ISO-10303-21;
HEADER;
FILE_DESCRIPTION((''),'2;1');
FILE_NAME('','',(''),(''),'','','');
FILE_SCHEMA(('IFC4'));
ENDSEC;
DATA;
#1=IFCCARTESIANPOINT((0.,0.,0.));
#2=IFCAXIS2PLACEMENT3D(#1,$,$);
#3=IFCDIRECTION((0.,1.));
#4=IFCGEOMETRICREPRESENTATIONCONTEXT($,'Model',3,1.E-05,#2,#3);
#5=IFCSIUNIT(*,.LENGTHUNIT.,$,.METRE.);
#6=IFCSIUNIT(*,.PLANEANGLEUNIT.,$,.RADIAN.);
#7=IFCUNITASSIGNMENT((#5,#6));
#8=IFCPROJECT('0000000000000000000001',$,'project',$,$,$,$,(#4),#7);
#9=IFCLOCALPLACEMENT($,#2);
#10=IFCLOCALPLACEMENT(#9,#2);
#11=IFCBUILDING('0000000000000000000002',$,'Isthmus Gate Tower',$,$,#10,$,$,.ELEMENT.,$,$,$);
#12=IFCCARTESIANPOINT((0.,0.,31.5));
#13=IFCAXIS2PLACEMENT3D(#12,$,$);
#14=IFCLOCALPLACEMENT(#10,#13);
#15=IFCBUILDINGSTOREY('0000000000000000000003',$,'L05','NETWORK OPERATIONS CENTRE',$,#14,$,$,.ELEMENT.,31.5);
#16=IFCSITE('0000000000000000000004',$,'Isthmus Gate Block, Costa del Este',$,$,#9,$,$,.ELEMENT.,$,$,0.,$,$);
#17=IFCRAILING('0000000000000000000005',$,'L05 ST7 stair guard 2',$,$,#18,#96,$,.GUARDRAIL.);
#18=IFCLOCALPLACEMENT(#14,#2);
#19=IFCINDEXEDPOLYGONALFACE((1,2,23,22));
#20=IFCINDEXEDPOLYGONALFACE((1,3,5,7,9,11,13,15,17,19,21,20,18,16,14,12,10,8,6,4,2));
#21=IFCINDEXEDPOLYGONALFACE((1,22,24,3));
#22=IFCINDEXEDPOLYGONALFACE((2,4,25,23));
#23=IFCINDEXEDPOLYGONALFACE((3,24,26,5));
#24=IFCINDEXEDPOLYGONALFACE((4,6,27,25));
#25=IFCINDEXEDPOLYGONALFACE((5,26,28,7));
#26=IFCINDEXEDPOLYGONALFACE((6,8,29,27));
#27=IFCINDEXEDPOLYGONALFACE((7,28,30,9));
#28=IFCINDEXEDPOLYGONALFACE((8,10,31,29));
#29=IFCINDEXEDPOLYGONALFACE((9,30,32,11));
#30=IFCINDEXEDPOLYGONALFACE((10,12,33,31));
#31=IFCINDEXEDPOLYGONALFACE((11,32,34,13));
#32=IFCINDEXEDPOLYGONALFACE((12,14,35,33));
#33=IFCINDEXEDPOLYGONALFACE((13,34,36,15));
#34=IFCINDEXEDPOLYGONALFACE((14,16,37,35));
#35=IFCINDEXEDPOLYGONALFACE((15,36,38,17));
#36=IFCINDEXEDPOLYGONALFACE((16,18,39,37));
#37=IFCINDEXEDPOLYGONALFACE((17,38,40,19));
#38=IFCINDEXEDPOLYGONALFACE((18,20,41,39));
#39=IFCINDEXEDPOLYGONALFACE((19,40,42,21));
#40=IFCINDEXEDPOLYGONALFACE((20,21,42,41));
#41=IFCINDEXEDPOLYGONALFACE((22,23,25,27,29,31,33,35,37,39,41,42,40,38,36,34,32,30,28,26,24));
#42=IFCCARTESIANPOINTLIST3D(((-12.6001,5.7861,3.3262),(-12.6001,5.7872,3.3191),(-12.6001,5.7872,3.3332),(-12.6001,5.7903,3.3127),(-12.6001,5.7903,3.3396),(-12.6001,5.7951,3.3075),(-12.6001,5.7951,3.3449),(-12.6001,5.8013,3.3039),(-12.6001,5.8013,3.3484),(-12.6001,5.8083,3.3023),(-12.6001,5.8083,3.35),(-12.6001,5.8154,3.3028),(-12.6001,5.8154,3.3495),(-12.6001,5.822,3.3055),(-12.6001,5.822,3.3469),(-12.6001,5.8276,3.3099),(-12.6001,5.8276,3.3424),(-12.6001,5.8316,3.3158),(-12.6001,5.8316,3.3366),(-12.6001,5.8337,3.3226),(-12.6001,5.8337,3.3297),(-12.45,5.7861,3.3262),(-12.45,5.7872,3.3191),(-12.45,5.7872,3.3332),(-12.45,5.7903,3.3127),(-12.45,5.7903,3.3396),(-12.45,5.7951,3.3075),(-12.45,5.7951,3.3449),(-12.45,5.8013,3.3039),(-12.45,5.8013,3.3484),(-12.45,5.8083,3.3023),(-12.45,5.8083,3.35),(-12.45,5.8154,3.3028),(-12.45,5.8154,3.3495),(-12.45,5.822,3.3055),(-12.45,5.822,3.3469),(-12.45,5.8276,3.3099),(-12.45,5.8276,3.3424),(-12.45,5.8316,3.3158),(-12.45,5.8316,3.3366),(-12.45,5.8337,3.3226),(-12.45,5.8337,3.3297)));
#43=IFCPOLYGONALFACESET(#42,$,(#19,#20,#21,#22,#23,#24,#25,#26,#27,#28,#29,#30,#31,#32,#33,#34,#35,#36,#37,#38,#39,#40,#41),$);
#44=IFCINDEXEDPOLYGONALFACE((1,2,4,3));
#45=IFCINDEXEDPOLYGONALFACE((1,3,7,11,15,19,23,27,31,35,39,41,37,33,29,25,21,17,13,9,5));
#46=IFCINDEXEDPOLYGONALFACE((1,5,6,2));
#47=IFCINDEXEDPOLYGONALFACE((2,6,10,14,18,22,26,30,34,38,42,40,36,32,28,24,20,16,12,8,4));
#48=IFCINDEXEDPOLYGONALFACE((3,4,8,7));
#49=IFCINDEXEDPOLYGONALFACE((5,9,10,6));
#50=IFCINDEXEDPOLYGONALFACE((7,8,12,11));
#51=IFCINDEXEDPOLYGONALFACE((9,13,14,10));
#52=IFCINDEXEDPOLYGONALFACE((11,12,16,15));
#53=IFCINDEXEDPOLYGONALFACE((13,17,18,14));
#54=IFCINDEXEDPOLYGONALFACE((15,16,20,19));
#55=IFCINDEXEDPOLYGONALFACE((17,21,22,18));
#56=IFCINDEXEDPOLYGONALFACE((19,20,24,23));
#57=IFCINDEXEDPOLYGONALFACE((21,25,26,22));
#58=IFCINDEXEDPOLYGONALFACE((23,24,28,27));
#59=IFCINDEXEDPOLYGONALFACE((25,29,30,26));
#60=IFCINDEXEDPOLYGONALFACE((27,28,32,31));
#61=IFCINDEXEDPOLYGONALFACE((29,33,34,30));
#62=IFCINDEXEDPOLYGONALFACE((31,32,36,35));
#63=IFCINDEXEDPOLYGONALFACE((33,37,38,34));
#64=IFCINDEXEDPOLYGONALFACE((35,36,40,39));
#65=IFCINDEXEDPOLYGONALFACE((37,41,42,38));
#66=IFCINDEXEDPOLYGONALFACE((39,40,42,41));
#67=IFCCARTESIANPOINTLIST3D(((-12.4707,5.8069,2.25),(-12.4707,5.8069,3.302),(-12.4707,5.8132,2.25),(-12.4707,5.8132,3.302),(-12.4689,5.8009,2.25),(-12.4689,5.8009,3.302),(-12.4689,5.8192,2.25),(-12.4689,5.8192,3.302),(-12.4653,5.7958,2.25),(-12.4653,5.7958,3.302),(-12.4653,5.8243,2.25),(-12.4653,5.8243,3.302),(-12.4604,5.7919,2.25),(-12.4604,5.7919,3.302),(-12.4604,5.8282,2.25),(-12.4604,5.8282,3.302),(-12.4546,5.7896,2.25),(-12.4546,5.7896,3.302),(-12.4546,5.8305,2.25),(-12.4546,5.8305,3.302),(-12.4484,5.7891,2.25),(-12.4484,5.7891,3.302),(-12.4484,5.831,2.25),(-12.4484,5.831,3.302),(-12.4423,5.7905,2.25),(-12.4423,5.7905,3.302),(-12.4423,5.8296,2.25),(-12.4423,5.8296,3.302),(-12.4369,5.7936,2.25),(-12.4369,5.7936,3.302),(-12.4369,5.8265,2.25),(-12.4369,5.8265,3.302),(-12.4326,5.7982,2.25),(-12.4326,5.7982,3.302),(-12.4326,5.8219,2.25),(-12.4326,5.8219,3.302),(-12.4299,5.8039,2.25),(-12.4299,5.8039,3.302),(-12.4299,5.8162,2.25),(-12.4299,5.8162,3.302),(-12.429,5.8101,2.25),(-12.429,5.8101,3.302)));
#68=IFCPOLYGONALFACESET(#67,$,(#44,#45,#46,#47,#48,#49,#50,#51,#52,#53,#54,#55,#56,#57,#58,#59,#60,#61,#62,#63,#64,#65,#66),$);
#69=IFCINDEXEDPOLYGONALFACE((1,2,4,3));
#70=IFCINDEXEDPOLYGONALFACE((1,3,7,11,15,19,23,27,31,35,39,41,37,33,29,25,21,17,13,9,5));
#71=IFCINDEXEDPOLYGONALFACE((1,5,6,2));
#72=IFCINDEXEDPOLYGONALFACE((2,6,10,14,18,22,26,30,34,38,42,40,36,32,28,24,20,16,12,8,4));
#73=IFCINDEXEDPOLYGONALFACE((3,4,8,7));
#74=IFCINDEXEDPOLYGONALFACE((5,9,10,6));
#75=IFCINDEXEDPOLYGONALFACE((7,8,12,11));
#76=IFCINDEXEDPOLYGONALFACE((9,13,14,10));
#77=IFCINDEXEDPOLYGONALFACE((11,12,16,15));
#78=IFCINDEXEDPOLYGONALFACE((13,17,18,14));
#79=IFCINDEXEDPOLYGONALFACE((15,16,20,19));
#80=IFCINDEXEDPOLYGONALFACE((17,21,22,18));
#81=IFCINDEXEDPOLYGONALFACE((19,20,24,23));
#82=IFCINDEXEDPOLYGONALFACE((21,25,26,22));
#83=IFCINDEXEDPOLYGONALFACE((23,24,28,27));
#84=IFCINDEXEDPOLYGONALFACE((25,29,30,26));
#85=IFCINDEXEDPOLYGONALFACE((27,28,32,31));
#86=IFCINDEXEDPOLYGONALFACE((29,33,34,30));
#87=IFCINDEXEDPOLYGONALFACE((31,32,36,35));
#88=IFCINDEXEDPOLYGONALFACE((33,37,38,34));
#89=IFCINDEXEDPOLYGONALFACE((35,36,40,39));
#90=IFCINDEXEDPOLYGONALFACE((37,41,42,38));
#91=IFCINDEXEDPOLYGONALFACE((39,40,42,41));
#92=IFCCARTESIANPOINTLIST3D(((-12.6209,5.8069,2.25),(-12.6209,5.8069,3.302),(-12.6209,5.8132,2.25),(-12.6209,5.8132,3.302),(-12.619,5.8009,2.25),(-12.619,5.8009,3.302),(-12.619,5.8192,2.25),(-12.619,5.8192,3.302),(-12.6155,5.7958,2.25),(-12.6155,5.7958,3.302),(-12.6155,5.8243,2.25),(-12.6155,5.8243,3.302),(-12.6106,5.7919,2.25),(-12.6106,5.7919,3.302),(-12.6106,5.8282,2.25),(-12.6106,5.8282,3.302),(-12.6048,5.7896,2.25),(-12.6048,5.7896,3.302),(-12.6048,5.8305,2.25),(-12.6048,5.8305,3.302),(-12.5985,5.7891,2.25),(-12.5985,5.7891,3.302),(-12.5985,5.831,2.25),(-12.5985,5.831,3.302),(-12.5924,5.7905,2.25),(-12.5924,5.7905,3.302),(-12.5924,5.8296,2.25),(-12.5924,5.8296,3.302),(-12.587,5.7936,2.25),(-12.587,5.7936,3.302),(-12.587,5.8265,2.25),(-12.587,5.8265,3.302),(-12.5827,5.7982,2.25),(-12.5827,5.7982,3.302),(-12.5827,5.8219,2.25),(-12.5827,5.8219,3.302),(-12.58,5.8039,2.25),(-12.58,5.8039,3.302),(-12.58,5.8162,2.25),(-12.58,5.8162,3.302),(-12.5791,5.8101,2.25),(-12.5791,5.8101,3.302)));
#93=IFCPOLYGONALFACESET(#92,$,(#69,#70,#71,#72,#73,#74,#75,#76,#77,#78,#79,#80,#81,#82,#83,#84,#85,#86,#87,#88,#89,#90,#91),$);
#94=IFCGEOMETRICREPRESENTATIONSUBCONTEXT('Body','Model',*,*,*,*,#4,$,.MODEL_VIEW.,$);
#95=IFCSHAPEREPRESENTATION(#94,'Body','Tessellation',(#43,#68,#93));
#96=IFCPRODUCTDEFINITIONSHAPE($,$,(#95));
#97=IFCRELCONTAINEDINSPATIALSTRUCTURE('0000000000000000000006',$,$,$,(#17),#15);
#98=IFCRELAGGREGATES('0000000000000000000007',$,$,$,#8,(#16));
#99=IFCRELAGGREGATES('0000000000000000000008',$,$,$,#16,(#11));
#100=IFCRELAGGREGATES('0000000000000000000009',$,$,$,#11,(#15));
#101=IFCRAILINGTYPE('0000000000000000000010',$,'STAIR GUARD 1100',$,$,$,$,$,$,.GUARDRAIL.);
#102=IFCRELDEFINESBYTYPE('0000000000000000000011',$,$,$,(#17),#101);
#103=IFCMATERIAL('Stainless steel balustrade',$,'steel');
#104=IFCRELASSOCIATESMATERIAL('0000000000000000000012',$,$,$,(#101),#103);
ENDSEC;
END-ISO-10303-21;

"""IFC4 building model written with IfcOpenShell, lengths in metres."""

from ifc_helpers import new_model, si_unit, direction, frame, origin, origin_2d, place, context, subcontext, project, spatial, circle, extrude, material, type_object, element, save


model = new_model("IFC4")

# Units and contexts
model_context = context("Model", 3, precision=1e-05, world=origin(), true_north=direction((0.0, 1.0)))
body_context = subcontext(model_context, "Body", "Model", "MODEL_VIEW")
ifc_project = project(units=[si_unit("LENGTHUNIT", "METRE"), si_unit("PLANEANGLEUNIT", "RADIAN")], contexts=[model_context])

# Site, building, storey
site_placement = place(None, origin())
site = spatial("IfcSite", under=ifc_project, at=site_placement, Name="Isthmus Gate Block, Costa del Este", CompositionType="ELEMENT", RefElevation=0.0)
building_placement = place(site_placement, origin())
building = spatial("IfcBuilding", under=site, at=building_placement, Name="Isthmus Gate Tower", CompositionType="ELEMENT")
storey_placement = place(building_placement, frame((0.0, 0.0, 31.5)))
storey = spatial("IfcBuildingStorey", under=building, at=storey_placement, Name="L05", Description="NETWORK OPERATIONS CENTRE", CompositionType="ELEMENT", Elevation=31.5)

# Railing
ifc_material_1 = material(Name="Stainless steel balustrade", Category="steel")
railing_type_1 = type_object("IfcRailingType", Name="STAIR GUARD 1100", PredefinedType="GUARDRAIL", material=ifc_material_1)
railing_1_placement = place(storey_placement, frame((-12.45, 5.8101, 2.25)))
element("IfcRailing", 1, at=railing_1_placement, inside=storey, type_object=railing_type_1, Name="L05 ST7 stair guard 2", PredefinedType="GUARDRAIL", context=body_context, shape_type="SweptSolid", body=[
    extrude(circle(Radius=0.0239, at=origin_2d()), frame((0.0, 0.0, 1.0762), z_axis=(-1.0, 0.0, 0.0), x_axis=(0.0, -1.0, 0.0)), (0.0, 0.0, 1.0), 0.1501),
    extrude(circle(Radius=0.021, at=origin_2d()), origin(), (0.0, 0.0, 1.0), 1.052),
    extrude(circle(Radius=0.021, at=origin_2d()), frame((-0.1501, 0.0, 0.0)), (0.0, 0.0, 1.0), 1.052),
])

save(model, "model.ifc")
